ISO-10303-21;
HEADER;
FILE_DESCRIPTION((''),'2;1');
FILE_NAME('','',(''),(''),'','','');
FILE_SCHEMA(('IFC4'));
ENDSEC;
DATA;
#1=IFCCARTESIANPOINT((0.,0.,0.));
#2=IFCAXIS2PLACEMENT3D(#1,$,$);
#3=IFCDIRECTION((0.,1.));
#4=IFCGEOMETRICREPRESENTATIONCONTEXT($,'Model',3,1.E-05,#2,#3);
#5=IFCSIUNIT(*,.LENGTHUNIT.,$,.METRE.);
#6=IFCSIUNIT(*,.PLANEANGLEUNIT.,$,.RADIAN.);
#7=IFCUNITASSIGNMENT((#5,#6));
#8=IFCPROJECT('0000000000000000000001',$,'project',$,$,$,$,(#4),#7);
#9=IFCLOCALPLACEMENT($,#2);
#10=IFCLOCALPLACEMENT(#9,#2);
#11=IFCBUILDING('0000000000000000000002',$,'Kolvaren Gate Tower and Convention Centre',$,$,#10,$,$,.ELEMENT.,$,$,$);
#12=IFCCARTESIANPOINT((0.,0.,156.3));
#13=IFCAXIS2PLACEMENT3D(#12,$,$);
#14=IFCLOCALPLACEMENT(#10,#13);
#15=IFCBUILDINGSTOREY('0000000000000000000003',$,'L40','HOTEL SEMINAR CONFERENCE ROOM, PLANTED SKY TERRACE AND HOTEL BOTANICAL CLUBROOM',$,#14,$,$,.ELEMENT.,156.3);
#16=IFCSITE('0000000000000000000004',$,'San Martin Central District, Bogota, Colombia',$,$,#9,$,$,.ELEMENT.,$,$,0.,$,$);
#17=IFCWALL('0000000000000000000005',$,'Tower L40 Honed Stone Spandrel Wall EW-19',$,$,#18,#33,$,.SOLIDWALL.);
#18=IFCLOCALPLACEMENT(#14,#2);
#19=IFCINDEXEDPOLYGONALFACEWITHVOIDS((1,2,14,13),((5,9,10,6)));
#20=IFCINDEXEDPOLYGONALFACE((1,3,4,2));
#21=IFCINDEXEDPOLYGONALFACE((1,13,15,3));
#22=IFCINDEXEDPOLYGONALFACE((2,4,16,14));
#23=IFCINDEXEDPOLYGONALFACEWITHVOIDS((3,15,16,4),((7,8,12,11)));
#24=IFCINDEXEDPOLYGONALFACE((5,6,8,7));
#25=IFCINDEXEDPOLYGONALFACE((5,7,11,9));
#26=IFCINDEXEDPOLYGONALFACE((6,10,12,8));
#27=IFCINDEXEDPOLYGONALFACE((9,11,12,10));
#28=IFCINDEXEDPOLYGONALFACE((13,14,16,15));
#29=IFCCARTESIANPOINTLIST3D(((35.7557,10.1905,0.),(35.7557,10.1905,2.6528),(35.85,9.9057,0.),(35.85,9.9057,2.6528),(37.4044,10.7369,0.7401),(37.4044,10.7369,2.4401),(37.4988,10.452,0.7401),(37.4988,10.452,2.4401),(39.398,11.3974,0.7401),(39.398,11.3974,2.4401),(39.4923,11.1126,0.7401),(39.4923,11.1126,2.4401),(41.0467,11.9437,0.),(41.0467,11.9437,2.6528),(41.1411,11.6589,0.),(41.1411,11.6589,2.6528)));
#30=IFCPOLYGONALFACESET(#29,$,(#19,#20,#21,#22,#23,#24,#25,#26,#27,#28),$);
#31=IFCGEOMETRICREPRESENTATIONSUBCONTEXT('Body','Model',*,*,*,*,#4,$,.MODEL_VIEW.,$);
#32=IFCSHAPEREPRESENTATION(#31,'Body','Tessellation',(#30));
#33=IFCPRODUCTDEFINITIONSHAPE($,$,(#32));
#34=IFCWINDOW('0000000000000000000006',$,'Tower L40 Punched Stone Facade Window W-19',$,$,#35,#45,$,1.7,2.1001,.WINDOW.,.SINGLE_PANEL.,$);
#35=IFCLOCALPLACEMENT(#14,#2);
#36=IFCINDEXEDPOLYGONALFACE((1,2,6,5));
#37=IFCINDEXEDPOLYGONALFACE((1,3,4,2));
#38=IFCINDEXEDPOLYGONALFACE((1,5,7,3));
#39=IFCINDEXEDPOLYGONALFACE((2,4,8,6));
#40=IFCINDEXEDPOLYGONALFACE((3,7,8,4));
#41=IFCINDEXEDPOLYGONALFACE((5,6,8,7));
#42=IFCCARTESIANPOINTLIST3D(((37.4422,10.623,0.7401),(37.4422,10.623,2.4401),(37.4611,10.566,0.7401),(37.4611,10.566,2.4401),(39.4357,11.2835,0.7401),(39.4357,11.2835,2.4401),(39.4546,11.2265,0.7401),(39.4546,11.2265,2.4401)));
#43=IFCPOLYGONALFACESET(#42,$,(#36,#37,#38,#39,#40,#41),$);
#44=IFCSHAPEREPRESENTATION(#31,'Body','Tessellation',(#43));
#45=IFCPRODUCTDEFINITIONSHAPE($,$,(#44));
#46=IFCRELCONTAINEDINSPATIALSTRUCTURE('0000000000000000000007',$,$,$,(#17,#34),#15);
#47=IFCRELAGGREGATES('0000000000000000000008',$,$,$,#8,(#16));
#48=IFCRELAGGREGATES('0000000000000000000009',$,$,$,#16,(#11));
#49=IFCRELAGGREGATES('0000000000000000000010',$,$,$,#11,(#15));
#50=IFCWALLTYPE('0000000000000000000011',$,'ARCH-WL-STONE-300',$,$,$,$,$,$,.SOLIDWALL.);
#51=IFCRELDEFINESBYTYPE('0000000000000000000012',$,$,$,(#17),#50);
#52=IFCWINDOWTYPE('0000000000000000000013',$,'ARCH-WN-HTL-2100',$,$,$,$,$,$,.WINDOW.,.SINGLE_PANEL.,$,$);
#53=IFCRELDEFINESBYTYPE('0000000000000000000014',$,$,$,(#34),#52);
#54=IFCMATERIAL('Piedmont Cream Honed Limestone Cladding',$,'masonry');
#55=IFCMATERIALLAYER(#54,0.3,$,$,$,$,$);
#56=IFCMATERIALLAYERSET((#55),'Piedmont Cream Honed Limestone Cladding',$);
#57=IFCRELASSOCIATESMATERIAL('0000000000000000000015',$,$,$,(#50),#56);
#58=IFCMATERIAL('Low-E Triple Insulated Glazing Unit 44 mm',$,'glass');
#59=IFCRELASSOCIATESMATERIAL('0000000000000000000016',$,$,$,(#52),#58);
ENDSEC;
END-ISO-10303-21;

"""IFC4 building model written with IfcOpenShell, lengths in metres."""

from ifc_helpers import new_model, si_unit, direction, frame, frame_2d, origin, place, context, subcontext, project, spatial, rectangle, extrude, material, layer, layer_set, type_object, element, fill, save


model = new_model("IFC4")

# Units and contexts
model_context = context("Model", 3, precision=1e-05, world=origin(), true_north=direction((0.0, 1.0)))
body_context = subcontext(model_context, "Body", "Model", "MODEL_VIEW")
ifc_project = project(units=[si_unit("LENGTHUNIT", "METRE"), si_unit("PLANEANGLEUNIT", "RADIAN")], contexts=[model_context])

# Site, building, storey
site_placement = place(None, origin())
site = spatial("IfcSite", under=ifc_project, at=site_placement, Name="San Martin Central District, Bogota, Colombia", CompositionType="ELEMENT", RefElevation=0.0)
building_placement = place(site_placement, origin())
building = spatial("IfcBuilding", under=site, at=building_placement, Name="Kolvaren Gate Tower and Convention Centre", CompositionType="ELEMENT")
storey_placement = place(building_placement, frame((0.0, 0.0, 156.3)))
storey = spatial("IfcBuildingStorey", under=building, at=storey_placement, Name="L40", Description="HOTEL SEMINAR CONFERENCE ROOM, PLANTED SKY TERRACE AND HOTEL BOTANICAL CLUBROOM", CompositionType="ELEMENT", Elevation=156.3)

# Wall, opening, window
ifc_material_1 = material(Name="Piedmont Cream Honed Limestone Cladding", Category="masonry")
ifc_layer_1 = layer(ifc_material_1, 0.3)
ifc_layer_set_1 = layer_set([ifc_layer_1], Name="Piedmont Cream Honed Limestone Cladding")
wall_type_1 = type_object("IfcWallType", Name="ARCH-WL-STONE-300", PredefinedType="SOLIDWALL", material=ifc_layer_set_1)
wall_1_placement = place(storey_placement, frame((35.8027, 10.0481, 0.0), z_axis=(0.0, 0.0, 1.0), x_axis=(0.949247, 0.314532, 0.0)))
wall_1 = element("IfcWall", 1, at=wall_1_placement, inside=storey, type_object=wall_type_1, Name="Tower L40 Honed Stone Spandrel Wall EW-19", PredefinedType="SOLIDWALL", context=body_context, shape_type="SweptSolid", body=[
    extrude(rectangle(XDim=5.574, YDim=0.3, at=frame_2d((2.7871, 0.0))), origin(), (0.0, 0.0, 1.0), 2.6528),
])
opening_1_placement = place(wall_1_placement, frame((1.7371, 0.0, 0.74)))
opening_1 = element("IfcOpeningElement", 2, at=opening_1_placement, cuts=wall_1, PredefinedType="OPENING", context=body_context, shape_type="SweptSolid", body=[
    extrude(rectangle(XDim=2.1001, YDim=1.7, at=frame_2d((1.05, 0.8501))), frame((0.0, 0.1599, 0.0), z_axis=(0.0, -1.0, 0.0), x_axis=(1.0, 0.0, 0.0)), (0.0, 0.0, 1.0), 0.3201),
])
ifc_material_2 = material(Name="Low-E Triple Insulated Glazing Unit 44 mm", Category="glass")
window_type = type_object("IfcWindowType", Name="ARCH-WN-HTL-2100", PartitioningType="SINGLE_PANEL", PredefinedType="WINDOW", material=ifc_material_2)
window_placement = place(opening_1_placement, origin())
window = element("IfcWindow", 3, at=window_placement, inside=storey, type_object=window_type, Name="Tower L40 Punched Stone Facade Window W-19", OverallHeight=1.7, OverallWidth=2.1001, PartitioningType="SINGLE_PANEL", PredefinedType="WINDOW", context=body_context, shape_type="SweptSolid", body=[
    extrude(rectangle(XDim=2.1001, YDim=1.7, at=frame_2d((1.05, 0.8501))), frame((0.0, 0.03, 0.0), z_axis=(0.0, -1.0, 0.0), x_axis=(1.0, 0.0, 0.0)), (0.0, 0.0, 1.0), 0.0601),
])
fill(opening_1, window)

save(model, "model.ifc")
